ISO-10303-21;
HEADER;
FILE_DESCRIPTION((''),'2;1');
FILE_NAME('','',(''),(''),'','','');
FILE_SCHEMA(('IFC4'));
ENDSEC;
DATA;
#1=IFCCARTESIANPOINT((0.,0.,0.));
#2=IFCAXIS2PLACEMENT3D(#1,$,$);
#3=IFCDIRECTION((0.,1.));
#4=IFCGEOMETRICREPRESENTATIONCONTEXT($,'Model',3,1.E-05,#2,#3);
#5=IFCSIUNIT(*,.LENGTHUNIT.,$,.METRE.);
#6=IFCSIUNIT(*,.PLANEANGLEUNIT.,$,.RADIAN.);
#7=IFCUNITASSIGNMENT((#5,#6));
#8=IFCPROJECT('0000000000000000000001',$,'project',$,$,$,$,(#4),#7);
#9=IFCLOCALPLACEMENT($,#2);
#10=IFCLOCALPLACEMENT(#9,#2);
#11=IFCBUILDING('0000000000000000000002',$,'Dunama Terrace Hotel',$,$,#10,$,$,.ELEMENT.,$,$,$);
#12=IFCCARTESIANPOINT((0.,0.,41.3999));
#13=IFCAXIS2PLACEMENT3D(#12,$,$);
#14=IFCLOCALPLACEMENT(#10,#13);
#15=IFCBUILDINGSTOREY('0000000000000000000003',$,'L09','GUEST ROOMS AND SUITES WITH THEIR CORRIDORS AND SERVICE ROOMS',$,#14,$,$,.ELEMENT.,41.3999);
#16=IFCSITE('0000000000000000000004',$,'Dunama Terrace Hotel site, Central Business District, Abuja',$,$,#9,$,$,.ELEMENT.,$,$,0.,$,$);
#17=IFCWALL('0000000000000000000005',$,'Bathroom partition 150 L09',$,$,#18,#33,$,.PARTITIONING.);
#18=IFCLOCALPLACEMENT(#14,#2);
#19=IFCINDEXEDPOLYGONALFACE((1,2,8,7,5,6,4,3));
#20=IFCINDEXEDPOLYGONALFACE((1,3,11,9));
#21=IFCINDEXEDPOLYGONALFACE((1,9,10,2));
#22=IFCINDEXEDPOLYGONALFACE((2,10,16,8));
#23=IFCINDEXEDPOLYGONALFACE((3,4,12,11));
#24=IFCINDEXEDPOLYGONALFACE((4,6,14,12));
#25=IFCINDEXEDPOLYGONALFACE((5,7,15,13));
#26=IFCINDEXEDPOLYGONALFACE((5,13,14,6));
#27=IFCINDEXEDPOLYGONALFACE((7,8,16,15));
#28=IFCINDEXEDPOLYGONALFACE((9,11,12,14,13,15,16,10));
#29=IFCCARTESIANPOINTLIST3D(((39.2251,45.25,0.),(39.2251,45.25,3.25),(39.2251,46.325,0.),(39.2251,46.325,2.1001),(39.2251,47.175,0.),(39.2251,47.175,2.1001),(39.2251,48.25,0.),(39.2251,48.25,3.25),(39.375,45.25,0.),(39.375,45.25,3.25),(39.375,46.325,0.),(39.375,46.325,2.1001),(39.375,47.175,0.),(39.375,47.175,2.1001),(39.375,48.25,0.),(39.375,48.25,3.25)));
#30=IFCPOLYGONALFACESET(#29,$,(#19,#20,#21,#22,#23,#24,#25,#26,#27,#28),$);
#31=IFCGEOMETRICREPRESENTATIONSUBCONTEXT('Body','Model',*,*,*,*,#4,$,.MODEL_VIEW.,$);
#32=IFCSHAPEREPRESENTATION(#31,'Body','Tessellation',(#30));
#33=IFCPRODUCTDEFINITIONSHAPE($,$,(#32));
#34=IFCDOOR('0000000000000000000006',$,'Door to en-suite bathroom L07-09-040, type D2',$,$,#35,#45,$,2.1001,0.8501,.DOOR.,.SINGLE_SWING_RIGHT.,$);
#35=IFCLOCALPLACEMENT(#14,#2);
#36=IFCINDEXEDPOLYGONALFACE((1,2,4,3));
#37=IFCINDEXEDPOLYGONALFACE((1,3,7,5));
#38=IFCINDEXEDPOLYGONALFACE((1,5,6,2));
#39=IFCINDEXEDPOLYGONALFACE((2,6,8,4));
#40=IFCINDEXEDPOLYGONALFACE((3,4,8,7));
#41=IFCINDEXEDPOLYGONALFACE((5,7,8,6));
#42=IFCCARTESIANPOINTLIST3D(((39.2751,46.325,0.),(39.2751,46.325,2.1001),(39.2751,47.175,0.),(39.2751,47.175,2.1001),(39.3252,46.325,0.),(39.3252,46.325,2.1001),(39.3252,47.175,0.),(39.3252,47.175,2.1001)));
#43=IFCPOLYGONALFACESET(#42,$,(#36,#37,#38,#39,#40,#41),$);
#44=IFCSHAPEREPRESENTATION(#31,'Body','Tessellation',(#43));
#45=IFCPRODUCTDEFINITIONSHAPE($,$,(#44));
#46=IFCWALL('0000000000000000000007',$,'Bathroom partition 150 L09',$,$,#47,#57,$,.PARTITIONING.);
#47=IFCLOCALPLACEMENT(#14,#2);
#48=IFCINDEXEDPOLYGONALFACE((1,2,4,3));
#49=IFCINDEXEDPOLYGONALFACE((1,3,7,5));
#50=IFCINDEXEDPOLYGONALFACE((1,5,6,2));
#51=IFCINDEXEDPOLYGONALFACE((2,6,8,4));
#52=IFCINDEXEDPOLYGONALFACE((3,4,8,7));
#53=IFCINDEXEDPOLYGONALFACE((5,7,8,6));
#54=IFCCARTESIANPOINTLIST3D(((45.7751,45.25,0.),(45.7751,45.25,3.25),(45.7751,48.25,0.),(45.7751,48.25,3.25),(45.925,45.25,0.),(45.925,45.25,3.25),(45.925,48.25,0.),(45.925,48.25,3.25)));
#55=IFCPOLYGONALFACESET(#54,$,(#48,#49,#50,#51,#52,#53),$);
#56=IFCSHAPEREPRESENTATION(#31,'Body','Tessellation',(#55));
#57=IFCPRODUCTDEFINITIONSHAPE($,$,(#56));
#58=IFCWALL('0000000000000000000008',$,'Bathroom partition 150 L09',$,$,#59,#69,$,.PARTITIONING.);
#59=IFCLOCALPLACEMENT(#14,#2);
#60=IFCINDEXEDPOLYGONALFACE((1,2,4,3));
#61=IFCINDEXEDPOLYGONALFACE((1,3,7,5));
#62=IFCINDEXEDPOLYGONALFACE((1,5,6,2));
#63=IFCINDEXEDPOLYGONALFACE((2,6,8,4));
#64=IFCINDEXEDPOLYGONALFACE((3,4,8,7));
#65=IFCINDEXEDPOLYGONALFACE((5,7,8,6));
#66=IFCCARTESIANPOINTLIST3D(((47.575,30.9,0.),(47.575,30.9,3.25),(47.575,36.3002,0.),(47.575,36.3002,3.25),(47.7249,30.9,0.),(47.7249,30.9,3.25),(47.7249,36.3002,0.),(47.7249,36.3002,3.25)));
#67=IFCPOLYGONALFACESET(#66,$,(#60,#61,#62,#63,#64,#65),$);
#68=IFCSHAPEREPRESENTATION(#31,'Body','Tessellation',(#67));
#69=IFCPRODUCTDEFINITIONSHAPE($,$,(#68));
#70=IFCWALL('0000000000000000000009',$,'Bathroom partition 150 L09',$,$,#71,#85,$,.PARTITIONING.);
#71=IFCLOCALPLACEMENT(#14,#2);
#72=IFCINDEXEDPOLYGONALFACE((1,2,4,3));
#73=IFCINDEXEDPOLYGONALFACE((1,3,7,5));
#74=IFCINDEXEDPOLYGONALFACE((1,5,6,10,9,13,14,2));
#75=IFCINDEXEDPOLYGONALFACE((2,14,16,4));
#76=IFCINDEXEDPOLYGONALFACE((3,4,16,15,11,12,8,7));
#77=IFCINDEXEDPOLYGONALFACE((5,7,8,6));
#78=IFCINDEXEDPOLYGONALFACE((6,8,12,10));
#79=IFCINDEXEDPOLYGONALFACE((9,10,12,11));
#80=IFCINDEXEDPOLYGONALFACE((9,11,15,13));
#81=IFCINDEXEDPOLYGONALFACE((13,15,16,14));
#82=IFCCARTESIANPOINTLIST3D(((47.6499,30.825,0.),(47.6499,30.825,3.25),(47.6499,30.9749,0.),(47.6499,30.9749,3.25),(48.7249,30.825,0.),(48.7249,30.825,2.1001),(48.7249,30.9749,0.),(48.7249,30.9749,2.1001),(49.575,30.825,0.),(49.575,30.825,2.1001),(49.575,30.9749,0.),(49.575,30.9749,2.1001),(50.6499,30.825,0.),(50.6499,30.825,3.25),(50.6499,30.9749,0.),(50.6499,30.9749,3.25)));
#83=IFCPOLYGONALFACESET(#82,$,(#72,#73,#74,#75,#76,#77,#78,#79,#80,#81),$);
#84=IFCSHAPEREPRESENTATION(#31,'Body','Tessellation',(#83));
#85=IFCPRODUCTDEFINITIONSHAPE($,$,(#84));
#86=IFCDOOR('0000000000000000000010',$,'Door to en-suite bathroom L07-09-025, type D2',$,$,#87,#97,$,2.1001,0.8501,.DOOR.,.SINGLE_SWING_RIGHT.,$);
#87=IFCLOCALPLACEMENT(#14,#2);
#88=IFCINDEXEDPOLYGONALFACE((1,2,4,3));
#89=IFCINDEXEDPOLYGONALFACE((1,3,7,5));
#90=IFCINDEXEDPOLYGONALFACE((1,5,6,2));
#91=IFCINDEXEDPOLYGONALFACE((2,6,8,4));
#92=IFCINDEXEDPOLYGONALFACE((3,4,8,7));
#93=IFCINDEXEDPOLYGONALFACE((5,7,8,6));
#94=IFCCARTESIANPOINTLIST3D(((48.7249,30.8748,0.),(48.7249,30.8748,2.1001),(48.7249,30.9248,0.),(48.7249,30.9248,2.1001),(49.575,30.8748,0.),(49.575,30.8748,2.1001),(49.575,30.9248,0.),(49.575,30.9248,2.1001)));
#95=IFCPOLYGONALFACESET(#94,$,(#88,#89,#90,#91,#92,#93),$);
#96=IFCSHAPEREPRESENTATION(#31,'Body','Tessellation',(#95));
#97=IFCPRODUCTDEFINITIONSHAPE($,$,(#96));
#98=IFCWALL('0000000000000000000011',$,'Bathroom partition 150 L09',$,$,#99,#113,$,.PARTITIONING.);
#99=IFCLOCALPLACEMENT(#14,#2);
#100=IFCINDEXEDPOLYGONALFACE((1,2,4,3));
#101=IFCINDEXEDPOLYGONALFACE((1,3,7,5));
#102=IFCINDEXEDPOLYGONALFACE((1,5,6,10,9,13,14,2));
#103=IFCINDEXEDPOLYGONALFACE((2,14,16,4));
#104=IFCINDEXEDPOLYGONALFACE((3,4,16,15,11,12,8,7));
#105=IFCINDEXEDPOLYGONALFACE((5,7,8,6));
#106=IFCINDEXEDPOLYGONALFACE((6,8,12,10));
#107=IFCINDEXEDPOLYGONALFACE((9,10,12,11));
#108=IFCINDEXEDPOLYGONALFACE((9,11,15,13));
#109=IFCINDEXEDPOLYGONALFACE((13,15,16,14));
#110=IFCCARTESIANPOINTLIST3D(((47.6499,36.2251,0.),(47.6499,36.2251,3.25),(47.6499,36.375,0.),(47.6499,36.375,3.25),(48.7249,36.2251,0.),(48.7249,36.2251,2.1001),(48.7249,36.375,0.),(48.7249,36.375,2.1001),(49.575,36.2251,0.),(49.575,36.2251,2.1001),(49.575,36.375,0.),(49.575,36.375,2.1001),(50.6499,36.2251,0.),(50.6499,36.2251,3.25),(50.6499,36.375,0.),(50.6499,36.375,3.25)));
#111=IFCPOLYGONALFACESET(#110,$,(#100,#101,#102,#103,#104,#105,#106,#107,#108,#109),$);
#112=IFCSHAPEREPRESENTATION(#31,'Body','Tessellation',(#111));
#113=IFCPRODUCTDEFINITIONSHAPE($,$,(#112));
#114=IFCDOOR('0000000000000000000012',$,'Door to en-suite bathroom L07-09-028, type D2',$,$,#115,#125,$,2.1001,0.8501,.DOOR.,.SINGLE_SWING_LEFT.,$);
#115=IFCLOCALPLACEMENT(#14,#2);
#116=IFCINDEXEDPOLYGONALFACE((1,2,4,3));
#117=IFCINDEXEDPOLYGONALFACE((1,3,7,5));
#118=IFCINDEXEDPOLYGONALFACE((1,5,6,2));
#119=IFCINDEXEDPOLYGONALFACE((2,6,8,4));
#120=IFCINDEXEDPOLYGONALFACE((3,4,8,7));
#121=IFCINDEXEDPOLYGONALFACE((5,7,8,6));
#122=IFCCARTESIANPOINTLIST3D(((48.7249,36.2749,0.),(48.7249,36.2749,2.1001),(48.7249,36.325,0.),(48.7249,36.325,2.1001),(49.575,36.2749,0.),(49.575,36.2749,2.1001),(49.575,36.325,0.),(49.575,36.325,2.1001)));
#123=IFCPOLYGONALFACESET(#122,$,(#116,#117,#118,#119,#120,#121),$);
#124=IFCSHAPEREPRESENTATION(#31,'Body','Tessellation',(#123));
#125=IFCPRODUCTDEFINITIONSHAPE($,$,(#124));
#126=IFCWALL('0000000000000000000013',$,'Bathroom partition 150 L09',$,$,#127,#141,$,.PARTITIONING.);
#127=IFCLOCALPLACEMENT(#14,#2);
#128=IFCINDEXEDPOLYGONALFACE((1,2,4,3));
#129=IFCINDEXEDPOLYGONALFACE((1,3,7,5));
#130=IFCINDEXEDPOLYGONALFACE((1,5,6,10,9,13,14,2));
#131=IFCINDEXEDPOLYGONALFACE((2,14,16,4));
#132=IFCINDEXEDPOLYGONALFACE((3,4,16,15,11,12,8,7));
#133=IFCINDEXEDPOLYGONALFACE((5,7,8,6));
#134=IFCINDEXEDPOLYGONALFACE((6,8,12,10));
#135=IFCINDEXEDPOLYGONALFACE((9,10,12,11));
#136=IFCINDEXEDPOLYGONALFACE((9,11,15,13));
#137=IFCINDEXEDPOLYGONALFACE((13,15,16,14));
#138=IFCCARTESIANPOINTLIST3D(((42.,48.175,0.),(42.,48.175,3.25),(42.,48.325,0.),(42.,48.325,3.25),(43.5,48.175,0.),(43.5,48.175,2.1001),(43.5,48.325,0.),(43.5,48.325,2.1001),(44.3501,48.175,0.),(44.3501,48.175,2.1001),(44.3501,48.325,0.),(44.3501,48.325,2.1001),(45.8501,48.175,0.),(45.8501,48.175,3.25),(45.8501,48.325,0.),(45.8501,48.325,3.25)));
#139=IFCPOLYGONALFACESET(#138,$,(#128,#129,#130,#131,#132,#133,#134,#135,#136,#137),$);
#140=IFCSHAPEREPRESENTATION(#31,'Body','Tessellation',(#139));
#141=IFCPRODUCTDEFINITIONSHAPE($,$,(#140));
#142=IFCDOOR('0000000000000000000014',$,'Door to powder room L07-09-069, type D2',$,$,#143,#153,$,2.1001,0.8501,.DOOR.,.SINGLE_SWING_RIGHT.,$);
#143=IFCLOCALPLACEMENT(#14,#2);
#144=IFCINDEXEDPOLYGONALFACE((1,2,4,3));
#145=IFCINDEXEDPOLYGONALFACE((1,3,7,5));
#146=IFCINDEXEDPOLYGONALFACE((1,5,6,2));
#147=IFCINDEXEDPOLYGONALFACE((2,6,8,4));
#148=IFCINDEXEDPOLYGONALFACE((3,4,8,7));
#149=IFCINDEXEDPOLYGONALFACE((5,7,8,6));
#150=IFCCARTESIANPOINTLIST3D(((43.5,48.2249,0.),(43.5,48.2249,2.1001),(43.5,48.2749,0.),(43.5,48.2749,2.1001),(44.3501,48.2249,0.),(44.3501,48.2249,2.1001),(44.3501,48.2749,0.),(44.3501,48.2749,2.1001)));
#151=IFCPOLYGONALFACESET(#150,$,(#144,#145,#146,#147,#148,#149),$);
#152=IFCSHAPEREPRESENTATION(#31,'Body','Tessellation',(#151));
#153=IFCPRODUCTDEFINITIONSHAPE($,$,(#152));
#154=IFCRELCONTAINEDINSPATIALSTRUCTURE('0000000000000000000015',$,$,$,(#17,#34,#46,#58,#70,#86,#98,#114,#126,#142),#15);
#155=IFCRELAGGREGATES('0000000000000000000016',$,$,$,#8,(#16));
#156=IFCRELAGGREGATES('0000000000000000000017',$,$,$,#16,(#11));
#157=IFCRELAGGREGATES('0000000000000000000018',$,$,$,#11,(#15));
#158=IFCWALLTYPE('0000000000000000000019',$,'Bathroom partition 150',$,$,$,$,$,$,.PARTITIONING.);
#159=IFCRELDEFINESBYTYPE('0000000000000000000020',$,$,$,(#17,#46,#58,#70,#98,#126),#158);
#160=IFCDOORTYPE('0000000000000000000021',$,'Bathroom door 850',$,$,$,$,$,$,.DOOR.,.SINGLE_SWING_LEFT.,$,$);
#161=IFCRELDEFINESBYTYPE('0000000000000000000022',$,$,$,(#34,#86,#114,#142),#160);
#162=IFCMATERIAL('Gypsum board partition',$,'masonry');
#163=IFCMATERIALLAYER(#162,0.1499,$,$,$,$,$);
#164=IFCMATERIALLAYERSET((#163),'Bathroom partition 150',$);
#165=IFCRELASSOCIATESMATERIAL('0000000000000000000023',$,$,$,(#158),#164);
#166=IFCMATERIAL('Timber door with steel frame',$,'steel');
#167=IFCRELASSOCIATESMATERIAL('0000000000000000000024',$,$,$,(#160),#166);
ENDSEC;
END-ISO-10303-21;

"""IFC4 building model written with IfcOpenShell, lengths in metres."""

from ifc_helpers import new_model, si_unit, direction, frame, frame_2d, origin, place, context, subcontext, project, spatial, rectangle, extrude, material, layer, layer_set, type_object, element, fill, save


model = new_model("IFC4")

# Units and contexts
model_context = context("Model", 3, precision=1e-05, world=origin(), true_north=direction((0.0, 1.0)))
body_context = subcontext(model_context, "Body", "Model", "MODEL_VIEW")
ifc_project = project(units=[si_unit("LENGTHUNIT", "METRE"), si_unit("PLANEANGLEUNIT", "RADIAN")], contexts=[model_context])

# Site, building, storey
site_placement = place(None, origin())
site = spatial("IfcSite", under=ifc_project, at=site_placement, Name="Dunama Terrace Hotel site, Central Business District, Abuja", CompositionType="ELEMENT", RefElevation=0.0)
building_placement = place(site_placement, origin())
building = spatial("IfcBuilding", under=site, at=building_placement, Name="Dunama Terrace Hotel", CompositionType="ELEMENT")
storey_placement = place(building_placement, frame((0.0, 0.0, 41.3999)))
storey = spatial("IfcBuildingStorey", under=building, at=storey_placement, Name="L09", Description="GUEST ROOMS AND SUITES WITH THEIR CORRIDORS AND SERVICE ROOMS", CompositionType="ELEMENT", Elevation=41.3999)

# Wall, opening, door
ifc_material_1 = material(Name="Gypsum board partition", Category="masonry")
ifc_layer_1 = layer(ifc_material_1, 0.1499)
ifc_layer_set_1 = layer_set([ifc_layer_1], Name="Bathroom partition 150")
wall_type_1 = type_object("IfcWallType", Name="Bathroom partition 150", PredefinedType="PARTITIONING", material=ifc_layer_set_1)
wall_1_placement = place(storey_placement, frame((39.3, 45.25, 0.0), z_axis=(0.0, 0.0, 1.0), x_axis=(0.0, 1.0, 0.0)))
wall_1 = element("IfcWall", 1, at=wall_1_placement, inside=storey, type_object=wall_type_1, Name="Bathroom partition 150 L09", PredefinedType="PARTITIONING", context=body_context, shape_type="SweptSolid", body=[
    extrude(rectangle(XDim=3.0, YDim=0.1499, at=frame_2d((1.5, 0.0))), origin(), (0.0, 0.0, 1.0), 3.25),
])
opening_1_placement = place(wall_1_placement, frame((1.075, 0.0, 0.0)))
opening_1 = element("IfcOpeningElement", 2, at=opening_1_placement, cuts=wall_1, PredefinedType="OPENING", context=body_context, shape_type="SweptSolid", body=[
    extrude(rectangle(XDim=0.8501, YDim=2.1001, at=frame_2d((0.425, 1.05))), frame((0.0, 0.085, 0.0), z_axis=(0.0, -1.0, 0.0), x_axis=(1.0, 0.0, 0.0)), (0.0, 0.0, 1.0), 0.1699),
])
ifc_material_2 = material(Name="Timber door with steel frame", Category="steel")
door_type_1 = type_object("IfcDoorType", Name="Bathroom door 850", OperationType="SINGLE_SWING_LEFT", PredefinedType="DOOR", material=ifc_material_2)
door_1_placement = place(opening_1_placement, frame((0.8501, 0.0, 0.0), z_axis=(0.0, 0.0, 1.0), x_axis=(-1.0, 0.0, 0.0)))
door_1 = element("IfcDoor", 3, at=door_1_placement, inside=storey, type_object=door_type_1, Name="Door to en-suite bathroom L07-09-040, type D2", OperationType="SINGLE_SWING_RIGHT", OverallHeight=2.1001, OverallWidth=0.8501, PredefinedType="DOOR", context=body_context, shape_type="SweptSolid", body=[
    extrude(rectangle(XDim=0.8501, YDim=2.1001, at=frame_2d((0.425, 1.05))), frame((0.0, 0.0251, 0.0), z_axis=(0.0, -1.0, 0.0), x_axis=(1.0, 0.0, 0.0)), (0.0, 0.0, 1.0), 0.05),
])
fill(opening_1, door_1)

# Walls
wall_2_placement = place(storey_placement, frame((45.8501, 45.25, 0.0), z_axis=(0.0, 0.0, 1.0), x_axis=(0.0, 1.0, 0.0)))
element("IfcWall", 4, at=wall_2_placement, inside=storey, type_object=wall_type_1, Name="Bathroom partition 150 L09", PredefinedType="PARTITIONING", context=body_context, shape_type="SweptSolid", body=[
    extrude(rectangle(XDim=3.0, YDim=0.1499, at=frame_2d((1.5, 0.0))), origin(), (0.0, 0.0, 1.0), 3.25),
])
wall_3_placement = place(storey_placement, frame((47.6499, 30.8999, 0.0), z_axis=(0.0, 0.0, 1.0), x_axis=(0.0, 1.0, 0.0)))
element("IfcWall", 5, at=wall_3_placement, inside=storey, type_object=wall_type_1, Name="Bathroom partition 150 L09", PredefinedType="PARTITIONING", context=body_context, shape_type="SweptSolid", body=[
    extrude(rectangle(XDim=5.4001, YDim=0.1499, at=frame_2d((2.7002, 0.0))), origin(), (0.0, 0.0, 1.0), 3.25),
])

# Walls, openings, doors
wall_4_placement = place(storey_placement, frame((47.6499, 30.8999, 0.0), z_axis=(0.0, 0.0, 1.0), x_axis=(1.0, 0.0, 0.0)))
wall_4 = element("IfcWall", 6, at=wall_4_placement, inside=storey, type_object=wall_type_1, Name="Bathroom partition 150 L09", PredefinedType="PARTITIONING", context=body_context, shape_type="SweptSolid", body=[
    extrude(rectangle(XDim=3.0, YDim=0.1499, at=frame_2d((1.5, 0.0))), origin(), (0.0, 0.0, 1.0), 3.25),
])
opening_2_placement = place(wall_4_placement, frame((1.075, 0.0, 0.0)))
opening_2 = element("IfcOpeningElement", 7, at=opening_2_placement, cuts=wall_4, PredefinedType="OPENING", context=body_context, shape_type="SweptSolid", body=[
    extrude(rectangle(XDim=0.8501, YDim=2.1001, at=frame_2d((0.425, 1.05))), frame((0.0, 0.085, 0.0), z_axis=(0.0, -1.0, 0.0), x_axis=(1.0, 0.0, 0.0)), (0.0, 0.0, 1.0), 0.1699),
])
door_2_placement = place(opening_2_placement, origin())
door_2 = element("IfcDoor", 8, at=door_2_placement, inside=storey, type_object=door_type_1, Name="Door to en-suite bathroom L07-09-025, type D2", OperationType="SINGLE_SWING_RIGHT", OverallHeight=2.1001, OverallWidth=0.8501, PredefinedType="DOOR", context=body_context, shape_type="SweptSolid", body=[
    extrude(rectangle(XDim=0.8501, YDim=2.1001, at=frame_2d((0.425, 1.05))), frame((0.0, 0.0249, 0.0), z_axis=(0.0, -1.0, 0.0), x_axis=(1.0, 0.0, 0.0)), (0.0, 0.0, 1.0), 0.05),
])
fill(opening_2, door_2)
wall_5_placement = place(storey_placement, frame((47.6499, 36.3, 0.0), z_axis=(0.0, 0.0, 1.0), x_axis=(1.0, 0.0, 0.0)))
wall_5 = element("IfcWall", 9, at=wall_5_placement, inside=storey, type_object=wall_type_1, Name="Bathroom partition 150 L09", PredefinedType="PARTITIONING", context=body_context, shape_type="SweptSolid", body=[
    extrude(rectangle(XDim=3.0, YDim=0.1499, at=frame_2d((1.5, 0.0))), origin(), (0.0, 0.0, 1.0), 3.25),
])
opening_3_placement = place(wall_5_placement, frame((1.075, 0.0, 0.0)))
opening_3 = element("IfcOpeningElement", 10, at=opening_3_placement, cuts=wall_5, PredefinedType="OPENING", context=body_context, shape_type="SweptSolid", body=[
    extrude(rectangle(XDim=0.8501, YDim=2.1001, at=frame_2d((0.425, 1.05))), frame((0.0, 0.085, 0.0), z_axis=(0.0, -1.0, 0.0), x_axis=(1.0, 0.0, 0.0)), (0.0, 0.0, 1.0), 0.1699),
])
door_3_placement = place(opening_3_placement, frame((0.8501, 0.0, 0.0), z_axis=(0.0, 0.0, 1.0), x_axis=(-1.0, 0.0, 0.0)))
door_3 = element("IfcDoor", 11, at=door_3_placement, inside=storey, type_object=door_type_1, Name="Door to en-suite bathroom L07-09-028, type D2", OperationType="SINGLE_SWING_LEFT", OverallHeight=2.1001, OverallWidth=0.8501, PredefinedType="DOOR", context=body_context, shape_type="SweptSolid", body=[
    extrude(rectangle(XDim=0.8501, YDim=2.1001, at=frame_2d((0.425, 1.05))), frame((0.0, 0.0251, 0.0), z_axis=(0.0, -1.0, 0.0), x_axis=(1.0, 0.0, 0.0)), (0.0, 0.0, 1.0), 0.05),
])
fill(opening_3, door_3)
wall_6_placement = place(storey_placement, frame((42.0, 48.25, 0.0), z_axis=(0.0, 0.0, 1.0), x_axis=(1.0, 0.0, 0.0)))
wall_6 = element("IfcWall", 12, at=wall_6_placement, inside=storey, type_object=wall_type_1, Name="Bathroom partition 150 L09", PredefinedType="PARTITIONING", context=body_context, shape_type="SweptSolid", body=[
    extrude(rectangle(XDim=3.8501, YDim=0.1499, at=frame_2d((1.925, 0.0))), origin(), (0.0, 0.0, 1.0), 3.25),
])
opening_4_placement = place(wall_6_placement, frame((1.5, 0.0, 0.0)))
opening_4 = element("IfcOpeningElement", 13, at=opening_4_placement, cuts=wall_6, PredefinedType="OPENING", context=body_context, shape_type="SweptSolid", body=[
    extrude(rectangle(XDim=0.8501, YDim=2.1001, at=frame_2d((0.425, 1.05))), frame((0.0, 0.085, 0.0), z_axis=(0.0, -1.0, 0.0), x_axis=(1.0, 0.0, 0.0)), (0.0, 0.0, 1.0), 0.1699),
])
door_4_placement = place(opening_4_placement, frame((0.8501, 0.0, 0.0), z_axis=(0.0, 0.0, 1.0), x_axis=(-1.0, 0.0, 0.0)))
door_4 = element("IfcDoor", 14, at=door_4_placement, inside=storey, type_object=door_type_1, Name="Door to powder room L07-09-069, type D2", OperationType="SINGLE_SWING_RIGHT", OverallHeight=2.1001, OverallWidth=0.8501, PredefinedType="DOOR", context=body_context, shape_type="SweptSolid", body=[
    extrude(rectangle(XDim=0.8501, YDim=2.1001, at=frame_2d((0.425, 1.05))), frame((0.0, 0.0251, 0.0), z_axis=(0.0, -1.0, 0.0), x_axis=(1.0, 0.0, 0.0)), (0.0, 0.0, 1.0), 0.05),
])
fill(opening_4, door_4)

save(model, "model.ifc")
